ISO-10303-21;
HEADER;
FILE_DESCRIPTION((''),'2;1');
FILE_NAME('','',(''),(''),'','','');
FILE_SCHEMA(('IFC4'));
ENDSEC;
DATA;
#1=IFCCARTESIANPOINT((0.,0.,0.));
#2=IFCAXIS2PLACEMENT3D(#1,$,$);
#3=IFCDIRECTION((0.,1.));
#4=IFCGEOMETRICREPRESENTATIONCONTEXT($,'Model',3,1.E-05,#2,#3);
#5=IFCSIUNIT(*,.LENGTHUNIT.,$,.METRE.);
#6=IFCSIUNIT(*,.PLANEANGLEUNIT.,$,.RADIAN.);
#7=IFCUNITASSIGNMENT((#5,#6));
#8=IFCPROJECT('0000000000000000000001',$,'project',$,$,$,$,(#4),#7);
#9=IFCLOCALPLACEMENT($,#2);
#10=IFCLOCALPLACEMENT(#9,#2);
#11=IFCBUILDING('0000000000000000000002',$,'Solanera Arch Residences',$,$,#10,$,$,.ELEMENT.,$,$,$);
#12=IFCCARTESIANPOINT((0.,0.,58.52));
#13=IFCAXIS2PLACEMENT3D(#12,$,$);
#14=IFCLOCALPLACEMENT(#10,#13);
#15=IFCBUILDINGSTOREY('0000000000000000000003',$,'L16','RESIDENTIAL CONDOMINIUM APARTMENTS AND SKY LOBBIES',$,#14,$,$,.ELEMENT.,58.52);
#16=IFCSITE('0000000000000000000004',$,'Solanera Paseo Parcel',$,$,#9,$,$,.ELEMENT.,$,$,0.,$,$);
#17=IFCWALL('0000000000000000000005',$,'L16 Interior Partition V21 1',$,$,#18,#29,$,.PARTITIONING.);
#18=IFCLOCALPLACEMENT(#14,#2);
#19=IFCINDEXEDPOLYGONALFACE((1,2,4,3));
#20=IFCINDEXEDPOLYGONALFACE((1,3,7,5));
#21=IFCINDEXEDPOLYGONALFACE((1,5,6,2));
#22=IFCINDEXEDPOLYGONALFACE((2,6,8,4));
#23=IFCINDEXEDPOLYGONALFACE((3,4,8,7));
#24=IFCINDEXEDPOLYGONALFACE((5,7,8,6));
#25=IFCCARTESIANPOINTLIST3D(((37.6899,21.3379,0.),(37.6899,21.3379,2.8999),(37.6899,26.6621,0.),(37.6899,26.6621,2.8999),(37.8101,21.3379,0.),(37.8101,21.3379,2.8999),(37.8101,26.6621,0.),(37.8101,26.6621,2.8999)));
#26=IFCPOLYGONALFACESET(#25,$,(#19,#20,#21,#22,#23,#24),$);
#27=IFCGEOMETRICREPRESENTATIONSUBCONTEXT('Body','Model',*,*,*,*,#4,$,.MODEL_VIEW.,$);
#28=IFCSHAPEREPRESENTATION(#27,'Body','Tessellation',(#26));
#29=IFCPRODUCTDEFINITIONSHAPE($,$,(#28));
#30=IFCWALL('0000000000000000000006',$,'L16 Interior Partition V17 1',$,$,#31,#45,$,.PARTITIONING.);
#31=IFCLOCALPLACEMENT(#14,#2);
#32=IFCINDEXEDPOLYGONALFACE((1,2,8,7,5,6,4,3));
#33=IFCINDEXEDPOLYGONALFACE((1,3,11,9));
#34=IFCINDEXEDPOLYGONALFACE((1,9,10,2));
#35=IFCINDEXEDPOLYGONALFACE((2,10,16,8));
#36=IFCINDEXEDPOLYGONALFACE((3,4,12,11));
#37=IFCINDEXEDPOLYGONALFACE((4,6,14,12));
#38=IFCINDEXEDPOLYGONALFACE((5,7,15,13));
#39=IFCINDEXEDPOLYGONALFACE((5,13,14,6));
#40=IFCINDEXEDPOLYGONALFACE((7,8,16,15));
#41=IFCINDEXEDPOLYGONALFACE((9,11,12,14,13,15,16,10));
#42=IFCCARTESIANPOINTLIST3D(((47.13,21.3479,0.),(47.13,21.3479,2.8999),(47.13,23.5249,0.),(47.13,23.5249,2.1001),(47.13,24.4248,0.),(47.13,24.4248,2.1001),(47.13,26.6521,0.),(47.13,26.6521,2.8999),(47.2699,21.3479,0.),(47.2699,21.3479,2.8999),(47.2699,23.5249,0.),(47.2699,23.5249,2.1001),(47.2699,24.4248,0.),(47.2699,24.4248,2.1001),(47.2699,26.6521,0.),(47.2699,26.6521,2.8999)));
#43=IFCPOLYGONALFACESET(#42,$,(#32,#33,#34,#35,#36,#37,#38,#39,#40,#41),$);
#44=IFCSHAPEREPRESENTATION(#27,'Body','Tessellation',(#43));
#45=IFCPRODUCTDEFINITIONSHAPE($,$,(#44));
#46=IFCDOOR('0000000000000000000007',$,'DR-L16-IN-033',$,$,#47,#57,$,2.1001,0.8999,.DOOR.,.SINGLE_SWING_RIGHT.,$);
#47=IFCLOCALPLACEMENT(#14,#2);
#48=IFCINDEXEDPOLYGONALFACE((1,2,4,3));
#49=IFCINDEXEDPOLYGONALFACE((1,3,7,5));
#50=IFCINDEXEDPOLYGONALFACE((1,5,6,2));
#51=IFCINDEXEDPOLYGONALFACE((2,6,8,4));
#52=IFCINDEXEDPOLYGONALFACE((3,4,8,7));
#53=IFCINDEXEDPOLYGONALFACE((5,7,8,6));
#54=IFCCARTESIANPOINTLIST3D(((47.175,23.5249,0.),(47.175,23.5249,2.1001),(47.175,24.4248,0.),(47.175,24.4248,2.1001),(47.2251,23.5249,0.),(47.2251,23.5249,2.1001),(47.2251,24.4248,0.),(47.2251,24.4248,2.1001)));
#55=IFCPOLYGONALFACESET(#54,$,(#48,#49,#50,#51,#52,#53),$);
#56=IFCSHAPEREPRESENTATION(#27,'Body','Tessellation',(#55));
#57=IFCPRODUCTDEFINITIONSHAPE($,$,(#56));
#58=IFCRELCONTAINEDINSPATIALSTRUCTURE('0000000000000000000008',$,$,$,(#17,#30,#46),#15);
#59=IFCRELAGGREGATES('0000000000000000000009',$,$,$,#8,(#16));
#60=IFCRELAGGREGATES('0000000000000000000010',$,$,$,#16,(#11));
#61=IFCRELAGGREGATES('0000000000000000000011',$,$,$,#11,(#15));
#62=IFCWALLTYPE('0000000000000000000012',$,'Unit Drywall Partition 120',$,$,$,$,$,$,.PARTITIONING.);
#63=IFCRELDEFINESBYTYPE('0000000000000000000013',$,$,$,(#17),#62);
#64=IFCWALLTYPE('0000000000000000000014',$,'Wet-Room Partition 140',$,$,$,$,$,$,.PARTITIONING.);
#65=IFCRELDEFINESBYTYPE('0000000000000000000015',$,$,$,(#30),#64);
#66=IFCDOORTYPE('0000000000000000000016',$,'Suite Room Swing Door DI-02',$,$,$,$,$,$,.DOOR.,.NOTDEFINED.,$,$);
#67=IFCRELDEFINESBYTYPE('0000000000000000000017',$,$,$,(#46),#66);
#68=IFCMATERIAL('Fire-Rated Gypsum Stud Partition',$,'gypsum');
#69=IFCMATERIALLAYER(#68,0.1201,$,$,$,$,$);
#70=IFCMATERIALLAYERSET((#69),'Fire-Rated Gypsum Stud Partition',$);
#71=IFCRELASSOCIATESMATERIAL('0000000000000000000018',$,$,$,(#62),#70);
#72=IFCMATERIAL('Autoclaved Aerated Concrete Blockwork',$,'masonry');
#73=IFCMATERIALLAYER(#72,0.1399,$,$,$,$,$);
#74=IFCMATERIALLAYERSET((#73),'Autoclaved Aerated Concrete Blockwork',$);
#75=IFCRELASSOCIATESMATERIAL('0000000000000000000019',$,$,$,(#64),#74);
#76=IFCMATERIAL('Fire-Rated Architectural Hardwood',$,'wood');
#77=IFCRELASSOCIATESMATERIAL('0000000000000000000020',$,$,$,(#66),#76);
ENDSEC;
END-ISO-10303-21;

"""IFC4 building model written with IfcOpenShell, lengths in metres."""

from ifc_helpers import new_model, si_unit, direction, frame, frame_2d, origin, place, context, subcontext, project, spatial, rectangle, extrude, material, layer, layer_set, type_object, element, fill, save


model = new_model("IFC4")

# Units and contexts
model_context = context("Model", 3, precision=1e-05, world=origin(), true_north=direction((0.0, 1.0)))
body_context = subcontext(model_context, "Body", "Model", "MODEL_VIEW")
ifc_project = project(units=[si_unit("LENGTHUNIT", "METRE"), si_unit("PLANEANGLEUNIT", "RADIAN")], contexts=[model_context])

# Site, building, storey
site_placement = place(None, origin())
site = spatial("IfcSite", under=ifc_project, at=site_placement, Name="Solanera Paseo Parcel", CompositionType="ELEMENT", RefElevation=0.0)
building_placement = place(site_placement, origin())
building = spatial("IfcBuilding", under=site, at=building_placement, Name="Solanera Arch Residences", CompositionType="ELEMENT")
storey_placement = place(building_placement, frame((0.0, 0.0, 58.52)))
storey = spatial("IfcBuildingStorey", under=building, at=storey_placement, Name="L16", Description="RESIDENTIAL CONDOMINIUM APARTMENTS AND SKY LOBBIES", CompositionType="ELEMENT", Elevation=58.52)

# Wall
ifc_material_1 = material(Name="Fire-Rated Gypsum Stud Partition", Category="gypsum")
ifc_layer_1 = layer(ifc_material_1, 0.1201)
ifc_layer_set_1 = layer_set([ifc_layer_1], Name="Fire-Rated Gypsum Stud Partition")
wall_type_1 = type_object("IfcWallType", Name="Unit Drywall Partition 120", PredefinedType="PARTITIONING", material=ifc_layer_set_1)
wall_1_placement = place(storey_placement, frame((37.75, 21.3379, 0.0), z_axis=(0.0, 0.0, 1.0), x_axis=(0.0, 1.0, 0.0)))
element("IfcWall", 1, at=wall_1_placement, inside=storey, type_object=wall_type_1, Name="L16 Interior Partition V21 1", PredefinedType="PARTITIONING", context=body_context, shape_type="SweptSolid", body=[
    extrude(rectangle(XDim=5.3242, YDim=0.1201, at=frame_2d((2.6621, 0.0))), origin(), (0.0, 0.0, 1.0), 2.8999),
])

# Wall, opening, door
ifc_material_2 = material(Name="Autoclaved Aerated Concrete Blockwork", Category="masonry")
ifc_layer_2 = layer(ifc_material_2, 0.1399)
ifc_layer_set_2 = layer_set([ifc_layer_2], Name="Autoclaved Aerated Concrete Blockwork")
wall_type_2 = type_object("IfcWallType", Name="Wet-Room Partition 140", PredefinedType="PARTITIONING", material=ifc_layer_set_2)
wall_2_placement = place(storey_placement, frame((47.2, 21.3479, 0.0), z_axis=(0.0, 0.0, 1.0), x_axis=(0.0, 1.0, 0.0)))
wall_2 = element("IfcWall", 2, at=wall_2_placement, inside=storey, type_object=wall_type_2, Name="L16 Interior Partition V17 1", PredefinedType="PARTITIONING", context=body_context, shape_type="SweptSolid", body=[
    extrude(rectangle(XDim=5.3042, YDim=0.1399, at=frame_2d((2.6521, 0.0))), origin(), (0.0, 0.0, 1.0), 2.8999),
])
opening_1_placement = place(wall_2_placement, frame((2.177, 0.0, 0.0)))
opening_1 = element("IfcOpeningElement", 3, at=opening_1_placement, cuts=wall_2, PredefinedType="OPENING", context=body_context, shape_type="SweptSolid", body=[
    extrude(rectangle(XDim=0.8999, YDim=2.1001, at=frame_2d((0.45, 1.05))), frame((0.0, 0.0798, 0.0), z_axis=(0.0, -1.0, 0.0), x_axis=(1.0, 0.0, 0.0)), (0.0, 0.0, 1.0), 0.1599),
])
ifc_material_3 = material(Name="Fire-Rated Architectural Hardwood", Category="wood")
door_type_1 = type_object("IfcDoorType", Name="Suite Room Swing Door DI-02", OperationType="NOTDEFINED", PredefinedType="DOOR", material=ifc_material_3)
door_1_placement = place(opening_1_placement, origin())
door_1 = element("IfcDoor", 4, at=door_1_placement, inside=storey, type_object=door_type_1, Name="DR-L16-IN-033", OperationType="SINGLE_SWING_RIGHT", OverallHeight=2.1001, OverallWidth=0.8999, PredefinedType="DOOR", context=body_context, shape_type="SweptSolid", body=[
    extrude(rectangle(XDim=0.8999, YDim=2.1001, at=frame_2d((0.45, 1.05))), frame((0.0, 0.0249, 0.0), z_axis=(0.0, -1.0, 0.0), x_axis=(1.0, 0.0, 0.0)), (0.0, 0.0, 1.0), 0.05),
])
fill(opening_1, door_1)

save(model, "model.ifc")
